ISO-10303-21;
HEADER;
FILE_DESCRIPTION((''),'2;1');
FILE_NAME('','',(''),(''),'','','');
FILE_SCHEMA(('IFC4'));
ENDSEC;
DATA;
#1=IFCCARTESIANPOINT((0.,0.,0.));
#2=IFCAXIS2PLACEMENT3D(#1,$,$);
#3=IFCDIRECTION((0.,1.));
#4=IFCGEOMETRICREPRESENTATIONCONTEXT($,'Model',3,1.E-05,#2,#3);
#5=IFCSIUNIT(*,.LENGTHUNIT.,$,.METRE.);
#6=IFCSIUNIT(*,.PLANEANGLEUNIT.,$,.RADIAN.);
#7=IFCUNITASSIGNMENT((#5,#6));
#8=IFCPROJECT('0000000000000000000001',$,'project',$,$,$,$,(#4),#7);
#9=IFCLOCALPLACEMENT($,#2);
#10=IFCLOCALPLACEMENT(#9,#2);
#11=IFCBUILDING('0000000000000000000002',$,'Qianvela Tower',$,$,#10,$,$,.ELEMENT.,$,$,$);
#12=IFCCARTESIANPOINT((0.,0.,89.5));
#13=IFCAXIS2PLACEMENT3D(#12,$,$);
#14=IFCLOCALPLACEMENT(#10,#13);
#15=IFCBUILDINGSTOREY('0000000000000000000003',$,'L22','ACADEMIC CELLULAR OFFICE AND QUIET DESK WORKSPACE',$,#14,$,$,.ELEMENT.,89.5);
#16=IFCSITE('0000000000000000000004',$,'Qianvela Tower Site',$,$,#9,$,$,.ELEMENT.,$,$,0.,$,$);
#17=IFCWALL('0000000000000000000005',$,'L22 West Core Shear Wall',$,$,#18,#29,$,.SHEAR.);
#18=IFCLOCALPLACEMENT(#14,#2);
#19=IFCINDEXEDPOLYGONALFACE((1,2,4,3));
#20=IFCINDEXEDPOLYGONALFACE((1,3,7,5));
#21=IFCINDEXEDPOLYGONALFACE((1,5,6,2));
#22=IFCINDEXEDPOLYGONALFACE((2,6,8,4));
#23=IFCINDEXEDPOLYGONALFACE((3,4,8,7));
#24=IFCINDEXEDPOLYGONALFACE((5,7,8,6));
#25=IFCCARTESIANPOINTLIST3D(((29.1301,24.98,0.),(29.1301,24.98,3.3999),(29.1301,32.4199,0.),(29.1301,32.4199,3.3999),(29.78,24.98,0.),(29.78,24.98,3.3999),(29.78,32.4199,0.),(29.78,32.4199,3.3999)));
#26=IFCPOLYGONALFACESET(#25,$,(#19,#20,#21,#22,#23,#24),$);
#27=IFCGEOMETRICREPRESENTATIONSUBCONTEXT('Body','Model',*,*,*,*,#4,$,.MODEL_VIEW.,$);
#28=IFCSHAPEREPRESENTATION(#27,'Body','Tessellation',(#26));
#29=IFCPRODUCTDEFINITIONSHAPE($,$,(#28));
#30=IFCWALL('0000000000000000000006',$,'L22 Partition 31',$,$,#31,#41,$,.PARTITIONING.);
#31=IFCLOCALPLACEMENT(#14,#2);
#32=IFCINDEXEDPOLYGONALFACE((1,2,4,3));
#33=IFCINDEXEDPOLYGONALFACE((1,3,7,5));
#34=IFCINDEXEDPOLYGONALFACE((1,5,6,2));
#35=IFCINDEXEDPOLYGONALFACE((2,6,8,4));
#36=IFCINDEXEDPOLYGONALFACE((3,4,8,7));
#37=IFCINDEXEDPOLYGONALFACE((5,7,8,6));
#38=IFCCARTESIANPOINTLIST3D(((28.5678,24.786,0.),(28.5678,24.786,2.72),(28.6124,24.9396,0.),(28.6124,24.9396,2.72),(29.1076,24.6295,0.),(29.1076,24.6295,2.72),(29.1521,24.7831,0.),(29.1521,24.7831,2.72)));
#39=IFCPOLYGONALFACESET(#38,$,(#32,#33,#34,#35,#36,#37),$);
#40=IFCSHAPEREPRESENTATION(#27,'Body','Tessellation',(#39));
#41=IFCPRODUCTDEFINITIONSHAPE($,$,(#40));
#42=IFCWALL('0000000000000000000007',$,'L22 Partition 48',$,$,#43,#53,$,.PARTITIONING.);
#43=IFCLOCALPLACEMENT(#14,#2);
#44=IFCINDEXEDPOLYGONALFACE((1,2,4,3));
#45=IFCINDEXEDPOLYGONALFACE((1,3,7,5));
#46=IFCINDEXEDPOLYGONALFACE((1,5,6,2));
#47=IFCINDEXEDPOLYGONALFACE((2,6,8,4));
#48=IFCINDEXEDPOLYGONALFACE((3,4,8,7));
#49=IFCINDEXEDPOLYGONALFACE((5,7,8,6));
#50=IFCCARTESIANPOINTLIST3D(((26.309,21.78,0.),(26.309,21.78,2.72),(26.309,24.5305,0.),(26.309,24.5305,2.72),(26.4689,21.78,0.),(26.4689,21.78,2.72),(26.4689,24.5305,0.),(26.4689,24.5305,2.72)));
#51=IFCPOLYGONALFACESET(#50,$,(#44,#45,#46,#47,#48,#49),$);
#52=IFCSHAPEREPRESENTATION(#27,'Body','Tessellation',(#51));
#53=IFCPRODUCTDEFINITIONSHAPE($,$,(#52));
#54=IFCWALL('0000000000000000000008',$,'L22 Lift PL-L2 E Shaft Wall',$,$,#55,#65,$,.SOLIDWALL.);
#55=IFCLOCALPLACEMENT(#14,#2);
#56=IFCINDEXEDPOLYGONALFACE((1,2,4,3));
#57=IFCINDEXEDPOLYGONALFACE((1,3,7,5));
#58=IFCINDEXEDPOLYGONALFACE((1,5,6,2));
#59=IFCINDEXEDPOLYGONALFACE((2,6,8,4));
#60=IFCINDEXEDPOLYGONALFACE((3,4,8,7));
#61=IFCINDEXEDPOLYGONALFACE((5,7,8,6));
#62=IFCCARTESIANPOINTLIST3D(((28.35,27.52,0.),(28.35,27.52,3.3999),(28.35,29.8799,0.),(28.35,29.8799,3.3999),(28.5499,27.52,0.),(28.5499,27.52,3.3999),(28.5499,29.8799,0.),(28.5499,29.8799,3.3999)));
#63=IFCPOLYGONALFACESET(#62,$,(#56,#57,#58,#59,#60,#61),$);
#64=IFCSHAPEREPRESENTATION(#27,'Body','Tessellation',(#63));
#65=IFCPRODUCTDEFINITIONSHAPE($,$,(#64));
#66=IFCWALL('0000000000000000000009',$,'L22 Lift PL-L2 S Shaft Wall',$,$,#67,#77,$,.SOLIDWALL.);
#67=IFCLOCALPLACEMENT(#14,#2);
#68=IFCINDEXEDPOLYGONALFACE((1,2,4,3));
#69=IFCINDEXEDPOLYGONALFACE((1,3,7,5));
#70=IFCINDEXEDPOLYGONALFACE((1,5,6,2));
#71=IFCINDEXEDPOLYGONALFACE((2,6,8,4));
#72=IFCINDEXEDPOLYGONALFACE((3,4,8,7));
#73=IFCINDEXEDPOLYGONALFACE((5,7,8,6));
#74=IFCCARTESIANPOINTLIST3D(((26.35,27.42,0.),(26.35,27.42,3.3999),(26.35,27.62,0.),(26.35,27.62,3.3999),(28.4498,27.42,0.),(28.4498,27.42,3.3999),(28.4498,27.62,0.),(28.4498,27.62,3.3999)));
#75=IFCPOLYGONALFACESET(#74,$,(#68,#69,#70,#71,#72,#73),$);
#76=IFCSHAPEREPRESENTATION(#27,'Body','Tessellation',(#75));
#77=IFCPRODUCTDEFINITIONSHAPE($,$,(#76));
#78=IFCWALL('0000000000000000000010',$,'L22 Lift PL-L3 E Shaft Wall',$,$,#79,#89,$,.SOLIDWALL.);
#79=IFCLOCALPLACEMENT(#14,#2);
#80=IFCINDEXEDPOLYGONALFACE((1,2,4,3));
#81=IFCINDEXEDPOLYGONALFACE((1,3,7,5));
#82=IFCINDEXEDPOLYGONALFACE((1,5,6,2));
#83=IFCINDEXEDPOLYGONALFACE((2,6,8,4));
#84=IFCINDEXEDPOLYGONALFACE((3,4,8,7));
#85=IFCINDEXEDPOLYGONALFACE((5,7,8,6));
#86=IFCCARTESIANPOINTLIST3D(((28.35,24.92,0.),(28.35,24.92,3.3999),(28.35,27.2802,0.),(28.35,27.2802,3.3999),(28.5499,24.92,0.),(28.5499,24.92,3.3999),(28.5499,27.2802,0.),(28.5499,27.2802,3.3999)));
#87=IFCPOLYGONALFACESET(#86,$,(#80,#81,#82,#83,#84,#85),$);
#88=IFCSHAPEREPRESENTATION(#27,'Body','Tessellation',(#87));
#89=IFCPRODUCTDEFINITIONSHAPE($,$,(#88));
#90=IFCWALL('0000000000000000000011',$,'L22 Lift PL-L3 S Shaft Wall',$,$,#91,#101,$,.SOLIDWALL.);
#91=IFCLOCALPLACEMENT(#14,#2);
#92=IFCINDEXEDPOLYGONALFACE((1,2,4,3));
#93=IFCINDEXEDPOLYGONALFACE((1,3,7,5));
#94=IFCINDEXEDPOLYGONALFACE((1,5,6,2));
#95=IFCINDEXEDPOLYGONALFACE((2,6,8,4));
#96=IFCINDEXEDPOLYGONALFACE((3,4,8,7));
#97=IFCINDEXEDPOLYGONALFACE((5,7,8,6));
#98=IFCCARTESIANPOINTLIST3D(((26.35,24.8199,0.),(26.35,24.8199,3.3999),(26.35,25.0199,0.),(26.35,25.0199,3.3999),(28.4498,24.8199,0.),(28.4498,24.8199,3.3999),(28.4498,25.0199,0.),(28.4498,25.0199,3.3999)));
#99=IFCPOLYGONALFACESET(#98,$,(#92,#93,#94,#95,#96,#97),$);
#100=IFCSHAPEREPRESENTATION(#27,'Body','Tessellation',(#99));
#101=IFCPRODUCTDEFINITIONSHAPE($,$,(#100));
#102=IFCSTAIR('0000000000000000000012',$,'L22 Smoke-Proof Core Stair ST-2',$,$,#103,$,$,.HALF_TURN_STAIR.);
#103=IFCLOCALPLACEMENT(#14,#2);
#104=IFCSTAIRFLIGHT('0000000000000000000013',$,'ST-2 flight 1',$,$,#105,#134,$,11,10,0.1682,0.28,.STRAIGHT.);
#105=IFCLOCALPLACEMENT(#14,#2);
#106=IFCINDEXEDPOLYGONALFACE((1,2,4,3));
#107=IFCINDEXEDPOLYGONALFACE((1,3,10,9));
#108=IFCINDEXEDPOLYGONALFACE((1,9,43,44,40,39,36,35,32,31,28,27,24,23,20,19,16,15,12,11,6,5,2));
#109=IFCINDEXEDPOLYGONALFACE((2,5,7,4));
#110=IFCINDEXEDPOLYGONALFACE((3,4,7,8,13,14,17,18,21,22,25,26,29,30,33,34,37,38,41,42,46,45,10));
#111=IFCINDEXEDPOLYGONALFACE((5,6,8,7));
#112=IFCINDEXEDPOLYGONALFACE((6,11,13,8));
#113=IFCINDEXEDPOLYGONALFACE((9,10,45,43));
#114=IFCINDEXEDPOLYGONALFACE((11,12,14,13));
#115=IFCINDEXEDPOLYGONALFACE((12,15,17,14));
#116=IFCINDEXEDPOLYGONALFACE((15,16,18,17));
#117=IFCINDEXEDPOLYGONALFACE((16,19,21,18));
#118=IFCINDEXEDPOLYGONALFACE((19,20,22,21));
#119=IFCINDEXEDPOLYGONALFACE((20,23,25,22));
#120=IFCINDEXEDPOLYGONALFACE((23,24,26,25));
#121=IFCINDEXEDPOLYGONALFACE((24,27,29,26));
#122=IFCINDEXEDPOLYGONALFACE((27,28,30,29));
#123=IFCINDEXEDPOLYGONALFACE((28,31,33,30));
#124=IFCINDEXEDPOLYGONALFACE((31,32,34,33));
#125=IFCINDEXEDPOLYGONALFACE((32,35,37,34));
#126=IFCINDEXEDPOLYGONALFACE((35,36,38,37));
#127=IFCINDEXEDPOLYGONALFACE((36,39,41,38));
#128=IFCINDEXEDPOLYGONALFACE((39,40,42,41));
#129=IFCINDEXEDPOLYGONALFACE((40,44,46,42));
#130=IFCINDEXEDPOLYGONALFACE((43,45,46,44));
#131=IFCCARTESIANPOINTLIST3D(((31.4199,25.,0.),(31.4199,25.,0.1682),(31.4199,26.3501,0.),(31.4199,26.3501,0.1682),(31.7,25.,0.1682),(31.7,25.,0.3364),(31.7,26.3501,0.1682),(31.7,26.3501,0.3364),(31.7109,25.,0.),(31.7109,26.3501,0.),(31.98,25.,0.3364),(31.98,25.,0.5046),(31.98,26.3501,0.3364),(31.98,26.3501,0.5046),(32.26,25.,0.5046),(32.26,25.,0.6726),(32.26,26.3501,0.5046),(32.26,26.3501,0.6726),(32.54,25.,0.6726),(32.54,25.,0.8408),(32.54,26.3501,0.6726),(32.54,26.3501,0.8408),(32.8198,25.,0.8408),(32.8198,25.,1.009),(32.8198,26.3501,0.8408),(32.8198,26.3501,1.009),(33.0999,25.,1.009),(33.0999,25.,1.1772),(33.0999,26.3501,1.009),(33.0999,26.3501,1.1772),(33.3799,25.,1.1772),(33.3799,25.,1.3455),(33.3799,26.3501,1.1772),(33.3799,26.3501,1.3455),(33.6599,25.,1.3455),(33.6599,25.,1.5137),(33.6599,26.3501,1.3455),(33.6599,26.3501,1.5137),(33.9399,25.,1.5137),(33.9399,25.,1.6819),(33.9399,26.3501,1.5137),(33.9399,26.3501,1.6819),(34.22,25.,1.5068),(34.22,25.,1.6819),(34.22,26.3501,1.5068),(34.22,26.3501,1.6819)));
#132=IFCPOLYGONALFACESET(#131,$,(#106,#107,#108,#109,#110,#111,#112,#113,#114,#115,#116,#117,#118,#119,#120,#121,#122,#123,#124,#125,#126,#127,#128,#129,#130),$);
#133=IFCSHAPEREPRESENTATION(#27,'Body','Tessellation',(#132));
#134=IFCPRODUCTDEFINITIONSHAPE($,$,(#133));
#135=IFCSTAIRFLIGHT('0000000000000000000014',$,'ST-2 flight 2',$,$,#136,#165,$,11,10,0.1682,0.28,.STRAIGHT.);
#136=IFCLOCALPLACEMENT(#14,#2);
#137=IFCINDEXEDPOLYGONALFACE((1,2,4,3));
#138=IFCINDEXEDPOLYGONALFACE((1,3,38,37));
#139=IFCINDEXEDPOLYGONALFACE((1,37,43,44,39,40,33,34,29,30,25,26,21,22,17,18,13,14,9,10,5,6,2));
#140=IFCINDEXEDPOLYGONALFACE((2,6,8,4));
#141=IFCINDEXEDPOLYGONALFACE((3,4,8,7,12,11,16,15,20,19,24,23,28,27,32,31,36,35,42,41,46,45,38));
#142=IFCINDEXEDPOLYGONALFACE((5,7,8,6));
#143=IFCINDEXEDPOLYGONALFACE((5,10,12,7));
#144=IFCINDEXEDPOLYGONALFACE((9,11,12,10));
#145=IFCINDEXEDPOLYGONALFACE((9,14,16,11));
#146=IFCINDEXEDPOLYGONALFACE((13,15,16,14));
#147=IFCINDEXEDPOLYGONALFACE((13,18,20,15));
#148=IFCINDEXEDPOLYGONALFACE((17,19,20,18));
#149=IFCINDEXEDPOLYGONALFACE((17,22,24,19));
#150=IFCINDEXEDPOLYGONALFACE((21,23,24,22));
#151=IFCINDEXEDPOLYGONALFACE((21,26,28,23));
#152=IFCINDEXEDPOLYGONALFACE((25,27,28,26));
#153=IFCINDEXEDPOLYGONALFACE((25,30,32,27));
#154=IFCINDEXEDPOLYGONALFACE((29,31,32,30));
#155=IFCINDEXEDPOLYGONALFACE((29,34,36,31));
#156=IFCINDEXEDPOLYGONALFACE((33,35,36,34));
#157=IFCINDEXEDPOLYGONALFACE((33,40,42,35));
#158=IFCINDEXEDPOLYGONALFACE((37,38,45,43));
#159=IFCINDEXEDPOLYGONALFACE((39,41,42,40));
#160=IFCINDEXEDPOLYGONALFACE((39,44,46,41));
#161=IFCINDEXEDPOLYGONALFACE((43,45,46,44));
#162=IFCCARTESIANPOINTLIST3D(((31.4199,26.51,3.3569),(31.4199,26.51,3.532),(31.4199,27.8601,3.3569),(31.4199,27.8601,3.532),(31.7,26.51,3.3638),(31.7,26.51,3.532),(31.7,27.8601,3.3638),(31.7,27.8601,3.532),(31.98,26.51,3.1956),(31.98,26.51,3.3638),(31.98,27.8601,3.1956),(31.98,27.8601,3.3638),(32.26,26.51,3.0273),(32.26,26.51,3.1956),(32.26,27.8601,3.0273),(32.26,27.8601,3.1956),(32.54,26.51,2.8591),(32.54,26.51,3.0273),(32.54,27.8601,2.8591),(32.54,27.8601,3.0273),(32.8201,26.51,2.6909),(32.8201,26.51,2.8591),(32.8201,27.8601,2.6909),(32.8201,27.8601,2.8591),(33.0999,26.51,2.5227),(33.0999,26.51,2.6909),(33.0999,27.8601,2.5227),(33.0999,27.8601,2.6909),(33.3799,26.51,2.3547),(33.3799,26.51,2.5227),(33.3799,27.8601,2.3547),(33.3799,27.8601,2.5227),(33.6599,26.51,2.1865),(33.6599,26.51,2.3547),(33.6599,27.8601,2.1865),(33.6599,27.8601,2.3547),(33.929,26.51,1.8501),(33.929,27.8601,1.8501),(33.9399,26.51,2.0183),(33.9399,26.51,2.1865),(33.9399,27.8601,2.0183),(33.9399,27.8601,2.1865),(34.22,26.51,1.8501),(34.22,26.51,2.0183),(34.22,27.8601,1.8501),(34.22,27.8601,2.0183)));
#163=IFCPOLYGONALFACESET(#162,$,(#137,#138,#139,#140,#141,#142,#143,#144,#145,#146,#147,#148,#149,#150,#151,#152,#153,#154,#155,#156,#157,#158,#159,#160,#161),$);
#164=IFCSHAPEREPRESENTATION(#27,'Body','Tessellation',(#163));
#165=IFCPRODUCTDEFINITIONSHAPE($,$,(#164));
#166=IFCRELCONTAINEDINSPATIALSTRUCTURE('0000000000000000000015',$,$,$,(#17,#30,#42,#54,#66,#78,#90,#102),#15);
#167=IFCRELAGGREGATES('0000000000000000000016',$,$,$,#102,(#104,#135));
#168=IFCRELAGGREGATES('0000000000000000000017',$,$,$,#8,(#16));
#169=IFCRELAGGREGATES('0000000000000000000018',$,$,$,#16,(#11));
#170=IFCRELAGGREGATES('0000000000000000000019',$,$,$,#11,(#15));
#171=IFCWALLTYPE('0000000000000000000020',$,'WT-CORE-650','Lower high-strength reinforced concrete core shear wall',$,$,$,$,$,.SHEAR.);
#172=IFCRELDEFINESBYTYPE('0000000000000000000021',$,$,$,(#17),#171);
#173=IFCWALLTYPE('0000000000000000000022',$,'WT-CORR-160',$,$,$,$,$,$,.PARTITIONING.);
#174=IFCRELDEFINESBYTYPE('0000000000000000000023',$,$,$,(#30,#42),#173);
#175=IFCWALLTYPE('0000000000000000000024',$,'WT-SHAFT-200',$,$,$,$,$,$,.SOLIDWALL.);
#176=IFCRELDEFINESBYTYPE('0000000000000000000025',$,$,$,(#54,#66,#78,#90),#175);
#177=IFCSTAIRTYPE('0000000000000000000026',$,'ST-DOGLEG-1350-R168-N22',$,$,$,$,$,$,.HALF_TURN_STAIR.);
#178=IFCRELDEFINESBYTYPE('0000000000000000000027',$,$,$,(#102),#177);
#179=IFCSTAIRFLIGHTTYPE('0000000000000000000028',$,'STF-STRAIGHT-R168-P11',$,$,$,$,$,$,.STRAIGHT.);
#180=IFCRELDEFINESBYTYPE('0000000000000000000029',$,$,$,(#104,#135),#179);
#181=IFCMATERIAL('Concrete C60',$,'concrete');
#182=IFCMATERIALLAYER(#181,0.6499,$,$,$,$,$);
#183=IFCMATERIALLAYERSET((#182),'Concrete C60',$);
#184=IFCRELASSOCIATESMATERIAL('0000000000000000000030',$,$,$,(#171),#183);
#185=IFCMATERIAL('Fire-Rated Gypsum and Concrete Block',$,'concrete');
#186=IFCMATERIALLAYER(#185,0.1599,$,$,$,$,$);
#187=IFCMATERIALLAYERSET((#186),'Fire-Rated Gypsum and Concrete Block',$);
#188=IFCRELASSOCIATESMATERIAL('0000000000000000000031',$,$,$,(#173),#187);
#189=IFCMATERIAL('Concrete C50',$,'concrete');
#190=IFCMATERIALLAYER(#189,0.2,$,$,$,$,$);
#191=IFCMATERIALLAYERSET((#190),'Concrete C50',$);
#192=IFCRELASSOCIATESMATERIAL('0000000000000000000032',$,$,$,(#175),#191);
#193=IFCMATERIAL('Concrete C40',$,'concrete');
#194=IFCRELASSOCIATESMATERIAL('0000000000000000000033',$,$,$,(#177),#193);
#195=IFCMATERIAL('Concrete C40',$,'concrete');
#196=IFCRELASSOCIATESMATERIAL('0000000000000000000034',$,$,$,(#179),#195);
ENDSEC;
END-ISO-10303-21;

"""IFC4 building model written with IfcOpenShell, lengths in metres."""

from ifc_helpers import new_model, si_unit, direction, frame, frame_2d, origin, place, context, subcontext, project, spatial, polyline, rectangle, outline, extrude, material, layer, layer_set, type_object, element, aggregate, save


model = new_model("IFC4")

# Units and contexts
model_context = context("Model", 3, precision=1e-05, world=origin(), true_north=direction((0.0, 1.0)))
body_context = subcontext(model_context, "Body", "Model", "MODEL_VIEW")
ifc_project = project(units=[si_unit("LENGTHUNIT", "METRE"), si_unit("PLANEANGLEUNIT", "RADIAN")], contexts=[model_context])

# Site, building, storey
site_placement = place(None, origin())
site = spatial("IfcSite", under=ifc_project, at=site_placement, Name="Qianvela Tower Site", CompositionType="ELEMENT", RefElevation=0.0)
building_placement = place(site_placement, origin())
building = spatial("IfcBuilding", under=site, at=building_placement, Name="Qianvela Tower", CompositionType="ELEMENT")
storey_placement = place(building_placement, frame((0.0, 0.0, 89.5)))
storey = spatial("IfcBuildingStorey", under=building, at=storey_placement, Name="L22", Description="ACADEMIC CELLULAR OFFICE AND QUIET DESK WORKSPACE", CompositionType="ELEMENT", Elevation=89.5)

# Shared definitions
ifc_material_1 = material(Name="Concrete C60", Category="concrete")
ifc_layer_1 = layer(ifc_material_1, 0.6499)
ifc_layer_set_1 = layer_set([ifc_layer_1], Name="Concrete C60")
wall_type_1 = type_object("IfcWallType", Name="WT-CORE-650", Description="Lower high-strength reinforced concrete core shear wall", PredefinedType="SHEAR", material=ifc_layer_set_1)

# Walls
wall_1_placement = place(storey_placement, frame((29.4551, 24.98, 0.0), z_axis=(0.0, 0.0, 1.0), x_axis=(0.0, 1.0, 0.0)))
element("IfcWall", 1, at=wall_1_placement, inside=storey, type_object=wall_type_1, Name="L22 West Core Shear Wall", PredefinedType="SHEAR", context=body_context, shape_type="SweptSolid", body=[
    extrude(rectangle(XDim=7.4399, YDim=0.6499, at=frame_2d((3.72, 0.0))), origin(), (0.0, 0.0, 1.0), 3.3999),
])
ifc_material_2 = material(Name="Fire-Rated Gypsum and Concrete Block", Category="concrete")
ifc_layer_2 = layer(ifc_material_2, 0.1599)
ifc_layer_set_2 = layer_set([ifc_layer_2], Name="Fire-Rated Gypsum and Concrete Block")
wall_type_2 = type_object("IfcWallType", Name="WT-CORR-160", PredefinedType="PARTITIONING", material=ifc_layer_set_2)
wall_2_placement = place(storey_placement, frame((29.1299, 24.7063, 0.0), z_axis=(0.0, 0.0, 1.0), x_axis=(-0.960451, 0.278448, 0.0)))
element("IfcWall", 2, at=wall_2_placement, inside=storey, type_object=wall_type_2, Name="L22 Partition 31", PredefinedType="PARTITIONING", context=body_context, shape_type="SweptSolid", body=[
    extrude(rectangle(XDim=0.562, YDim=0.1599, at=frame_2d((0.281, 0.0))), origin(), (0.0, 0.0, 1.0), 2.72),
])
wall_3_placement = place(storey_placement, frame((26.3889, 24.5305, 0.0), z_axis=(0.0, 0.0, 1.0), x_axis=(0.0, -1.0, 0.0)))
element("IfcWall", 3, at=wall_3_placement, inside=storey, type_object=wall_type_2, Name="L22 Partition 48", PredefinedType="PARTITIONING", context=body_context, shape_type="SweptSolid", body=[
    extrude(rectangle(XDim=2.7505, YDim=0.1599, at=frame_2d((1.3752, 0.0))), origin(), (0.0, 0.0, 1.0), 2.72),
])
ifc_material_3 = material(Name="Concrete C50", Category="concrete")
ifc_layer_3 = layer(ifc_material_3, 0.2)
ifc_layer_set_3 = layer_set([ifc_layer_3], Name="Concrete C50")
wall_type_3 = type_object("IfcWallType", Name="WT-SHAFT-200", PredefinedType="SOLIDWALL", material=ifc_layer_set_3)
wall_4_placement = place(storey_placement, frame((28.45, 27.52, 0.0), z_axis=(0.0, 0.0, 1.0), x_axis=(0.0, 1.0, 0.0)))
element("IfcWall", 4, at=wall_4_placement, inside=storey, type_object=wall_type_3, Name="L22 Lift PL-L2 E Shaft Wall", PredefinedType="SOLIDWALL", context=body_context, shape_type="SweptSolid", body=[
    extrude(rectangle(XDim=2.3599, YDim=0.2, at=frame_2d((1.1799, 0.0))), origin(), (0.0, 0.0, 1.0), 3.3999),
])

# Walls
wall_5_placement = place(storey_placement, frame((26.3501, 27.52, 0.0), z_axis=(0.0, 0.0, 1.0), x_axis=(1.0, 0.0, 0.0)))
element("IfcWall", 5, at=wall_5_placement, inside=storey, type_object=wall_type_3, Name="L22 Lift PL-L2 S Shaft Wall", PredefinedType="SOLIDWALL", context=body_context, shape_type="SweptSolid", body=[
    extrude(rectangle(XDim=2.0999, YDim=0.2, at=frame_2d((1.0498, 0.0))), origin(), (0.0, 0.0, 1.0), 3.3999),
])
wall_6_placement = place(storey_placement, frame((28.45, 24.9199, 0.0), z_axis=(0.0, 0.0, 1.0), x_axis=(0.0, 1.0, 0.0)))
element("IfcWall", 6, at=wall_6_placement, inside=storey, type_object=wall_type_3, Name="L22 Lift PL-L3 E Shaft Wall", PredefinedType="SOLIDWALL", context=body_context, shape_type="SweptSolid", body=[
    extrude(rectangle(XDim=2.3601, YDim=0.2, at=frame_2d((1.1802, 0.0))), origin(), (0.0, 0.0, 1.0), 3.3999),
])

# Wall
wall_7_placement = place(storey_placement, frame((26.3501, 24.9199, 0.0), z_axis=(0.0, 0.0, 1.0), x_axis=(1.0, 0.0, 0.0)))
element("IfcWall", 7, at=wall_7_placement, inside=storey, type_object=wall_type_3, Name="L22 Lift PL-L3 S Shaft Wall", PredefinedType="SOLIDWALL", context=body_context, shape_type="SweptSolid", body=[
    extrude(rectangle(XDim=2.0999, YDim=0.2, at=frame_2d((1.0498, 0.0))), origin(), (0.0, 0.0, 1.0), 3.3999),
])

# Stair, stair flights
ifc_material_4 = material(Name="Concrete C40", Category="concrete")
stair_type = type_object("IfcStairType", Name="ST-DOGLEG-1350-R168-N22", PredefinedType="HALF_TURN_STAIR", material=ifc_material_4)
stair_placement = place(storey_placement, origin())
stair = element("IfcStair", 8, at=stair_placement, inside=storey, type_object=stair_type, Name="L22 Smoke-Proof Core Stair ST-2", PredefinedType="HALF_TURN_STAIR")
ifc_material_5 = material(Name="Concrete C40", Category="concrete")
stair_flight_type = type_object("IfcStairFlightType", Name="STF-STRAIGHT-R168-P11", PredefinedType="STRAIGHT", material=ifc_material_5)
stair_flight_1_placement = place(storey_placement, frame((31.4199, 25.675, 0.0), z_axis=(0.0, 0.0, 1.0), x_axis=(1.0, 0.0, 0.0)))
stair_flight_1 = element("IfcStairFlight", 9, at=stair_flight_1_placement, type_object=stair_flight_type, Name="ST-2 flight 1", NumberOfRisers=11, NumberOfTreads=10, PredefinedType="STRAIGHT", RiserHeight=0.1682, TreadLength=0.28, context=body_context, shape_type="SweptSolid", body=[
    extrude(outline(polyline([(0.0, 0.0), (0.0, 0.1682), (0.28, 0.1682), (0.28, 0.3364), (0.5601, 0.3364), (0.5601, 0.5046), (0.8401, 0.5046), (0.8401, 0.6726), (1.1201, 0.6726), (1.1201, 0.8408), (1.3999, 0.8408), (1.3999, 1.009), (1.6799, 1.009), (1.6799, 1.1772), (1.96, 1.1772), (1.96, 1.3455), (2.24, 1.3455), (2.24, 1.5137), (2.52, 1.5137), (2.52, 1.6819), (2.8, 1.6819), (2.8, 1.8501), (2.8, 1.5068), (0.291, 0.0), (0.0, 0.0)])), frame((0.0, 0.675, 0.0), z_axis=(0.0, -1.0, 0.0), x_axis=(1.0, 0.0, 0.0)), (0.0, 0.0, 1.0), 1.3501),
])
stair_flight_2_placement = place(storey_placement, frame((34.22, 27.1851, 1.8501), z_axis=(0.0, 0.0, 1.0), x_axis=(-1.0, 0.0, 0.0)))
stair_flight_2 = element("IfcStairFlight", 10, at=stair_flight_2_placement, type_object=stair_flight_type, Name="ST-2 flight 2", NumberOfRisers=11, NumberOfTreads=10, PredefinedType="STRAIGHT", RiserHeight=0.1682, TreadLength=0.28, context=body_context, shape_type="SweptSolid", body=[
    extrude(outline(polyline([(0.0, 0.0), (0.0, 0.1682), (0.28, 0.1682), (0.28, 0.3364), (0.5601, 0.3364), (0.5601, 0.5046), (0.8401, 0.5046), (0.8401, 0.6726), (1.1201, 0.6726), (1.1201, 0.8408), (1.3999, 0.8408), (1.3999, 1.009), (1.6799, 1.009), (1.6799, 1.1772), (1.96, 1.1772), (1.96, 1.3455), (2.24, 1.3455), (2.24, 1.5137), (2.52, 1.5137), (2.52, 1.6819), (2.8, 1.6819), (2.8, 1.8501), (2.8, 1.5068), (0.291, 0.0), (0.0, 0.0)])), frame((0.0, 0.675, 0.0), z_axis=(0.0, -1.0, 0.0), x_axis=(1.0, 0.0, 0.0)), (0.0, 0.0, 1.0), 1.3501),
])
aggregate(stair, [stair_flight_1, stair_flight_2])

save(model, "model.ifc")
